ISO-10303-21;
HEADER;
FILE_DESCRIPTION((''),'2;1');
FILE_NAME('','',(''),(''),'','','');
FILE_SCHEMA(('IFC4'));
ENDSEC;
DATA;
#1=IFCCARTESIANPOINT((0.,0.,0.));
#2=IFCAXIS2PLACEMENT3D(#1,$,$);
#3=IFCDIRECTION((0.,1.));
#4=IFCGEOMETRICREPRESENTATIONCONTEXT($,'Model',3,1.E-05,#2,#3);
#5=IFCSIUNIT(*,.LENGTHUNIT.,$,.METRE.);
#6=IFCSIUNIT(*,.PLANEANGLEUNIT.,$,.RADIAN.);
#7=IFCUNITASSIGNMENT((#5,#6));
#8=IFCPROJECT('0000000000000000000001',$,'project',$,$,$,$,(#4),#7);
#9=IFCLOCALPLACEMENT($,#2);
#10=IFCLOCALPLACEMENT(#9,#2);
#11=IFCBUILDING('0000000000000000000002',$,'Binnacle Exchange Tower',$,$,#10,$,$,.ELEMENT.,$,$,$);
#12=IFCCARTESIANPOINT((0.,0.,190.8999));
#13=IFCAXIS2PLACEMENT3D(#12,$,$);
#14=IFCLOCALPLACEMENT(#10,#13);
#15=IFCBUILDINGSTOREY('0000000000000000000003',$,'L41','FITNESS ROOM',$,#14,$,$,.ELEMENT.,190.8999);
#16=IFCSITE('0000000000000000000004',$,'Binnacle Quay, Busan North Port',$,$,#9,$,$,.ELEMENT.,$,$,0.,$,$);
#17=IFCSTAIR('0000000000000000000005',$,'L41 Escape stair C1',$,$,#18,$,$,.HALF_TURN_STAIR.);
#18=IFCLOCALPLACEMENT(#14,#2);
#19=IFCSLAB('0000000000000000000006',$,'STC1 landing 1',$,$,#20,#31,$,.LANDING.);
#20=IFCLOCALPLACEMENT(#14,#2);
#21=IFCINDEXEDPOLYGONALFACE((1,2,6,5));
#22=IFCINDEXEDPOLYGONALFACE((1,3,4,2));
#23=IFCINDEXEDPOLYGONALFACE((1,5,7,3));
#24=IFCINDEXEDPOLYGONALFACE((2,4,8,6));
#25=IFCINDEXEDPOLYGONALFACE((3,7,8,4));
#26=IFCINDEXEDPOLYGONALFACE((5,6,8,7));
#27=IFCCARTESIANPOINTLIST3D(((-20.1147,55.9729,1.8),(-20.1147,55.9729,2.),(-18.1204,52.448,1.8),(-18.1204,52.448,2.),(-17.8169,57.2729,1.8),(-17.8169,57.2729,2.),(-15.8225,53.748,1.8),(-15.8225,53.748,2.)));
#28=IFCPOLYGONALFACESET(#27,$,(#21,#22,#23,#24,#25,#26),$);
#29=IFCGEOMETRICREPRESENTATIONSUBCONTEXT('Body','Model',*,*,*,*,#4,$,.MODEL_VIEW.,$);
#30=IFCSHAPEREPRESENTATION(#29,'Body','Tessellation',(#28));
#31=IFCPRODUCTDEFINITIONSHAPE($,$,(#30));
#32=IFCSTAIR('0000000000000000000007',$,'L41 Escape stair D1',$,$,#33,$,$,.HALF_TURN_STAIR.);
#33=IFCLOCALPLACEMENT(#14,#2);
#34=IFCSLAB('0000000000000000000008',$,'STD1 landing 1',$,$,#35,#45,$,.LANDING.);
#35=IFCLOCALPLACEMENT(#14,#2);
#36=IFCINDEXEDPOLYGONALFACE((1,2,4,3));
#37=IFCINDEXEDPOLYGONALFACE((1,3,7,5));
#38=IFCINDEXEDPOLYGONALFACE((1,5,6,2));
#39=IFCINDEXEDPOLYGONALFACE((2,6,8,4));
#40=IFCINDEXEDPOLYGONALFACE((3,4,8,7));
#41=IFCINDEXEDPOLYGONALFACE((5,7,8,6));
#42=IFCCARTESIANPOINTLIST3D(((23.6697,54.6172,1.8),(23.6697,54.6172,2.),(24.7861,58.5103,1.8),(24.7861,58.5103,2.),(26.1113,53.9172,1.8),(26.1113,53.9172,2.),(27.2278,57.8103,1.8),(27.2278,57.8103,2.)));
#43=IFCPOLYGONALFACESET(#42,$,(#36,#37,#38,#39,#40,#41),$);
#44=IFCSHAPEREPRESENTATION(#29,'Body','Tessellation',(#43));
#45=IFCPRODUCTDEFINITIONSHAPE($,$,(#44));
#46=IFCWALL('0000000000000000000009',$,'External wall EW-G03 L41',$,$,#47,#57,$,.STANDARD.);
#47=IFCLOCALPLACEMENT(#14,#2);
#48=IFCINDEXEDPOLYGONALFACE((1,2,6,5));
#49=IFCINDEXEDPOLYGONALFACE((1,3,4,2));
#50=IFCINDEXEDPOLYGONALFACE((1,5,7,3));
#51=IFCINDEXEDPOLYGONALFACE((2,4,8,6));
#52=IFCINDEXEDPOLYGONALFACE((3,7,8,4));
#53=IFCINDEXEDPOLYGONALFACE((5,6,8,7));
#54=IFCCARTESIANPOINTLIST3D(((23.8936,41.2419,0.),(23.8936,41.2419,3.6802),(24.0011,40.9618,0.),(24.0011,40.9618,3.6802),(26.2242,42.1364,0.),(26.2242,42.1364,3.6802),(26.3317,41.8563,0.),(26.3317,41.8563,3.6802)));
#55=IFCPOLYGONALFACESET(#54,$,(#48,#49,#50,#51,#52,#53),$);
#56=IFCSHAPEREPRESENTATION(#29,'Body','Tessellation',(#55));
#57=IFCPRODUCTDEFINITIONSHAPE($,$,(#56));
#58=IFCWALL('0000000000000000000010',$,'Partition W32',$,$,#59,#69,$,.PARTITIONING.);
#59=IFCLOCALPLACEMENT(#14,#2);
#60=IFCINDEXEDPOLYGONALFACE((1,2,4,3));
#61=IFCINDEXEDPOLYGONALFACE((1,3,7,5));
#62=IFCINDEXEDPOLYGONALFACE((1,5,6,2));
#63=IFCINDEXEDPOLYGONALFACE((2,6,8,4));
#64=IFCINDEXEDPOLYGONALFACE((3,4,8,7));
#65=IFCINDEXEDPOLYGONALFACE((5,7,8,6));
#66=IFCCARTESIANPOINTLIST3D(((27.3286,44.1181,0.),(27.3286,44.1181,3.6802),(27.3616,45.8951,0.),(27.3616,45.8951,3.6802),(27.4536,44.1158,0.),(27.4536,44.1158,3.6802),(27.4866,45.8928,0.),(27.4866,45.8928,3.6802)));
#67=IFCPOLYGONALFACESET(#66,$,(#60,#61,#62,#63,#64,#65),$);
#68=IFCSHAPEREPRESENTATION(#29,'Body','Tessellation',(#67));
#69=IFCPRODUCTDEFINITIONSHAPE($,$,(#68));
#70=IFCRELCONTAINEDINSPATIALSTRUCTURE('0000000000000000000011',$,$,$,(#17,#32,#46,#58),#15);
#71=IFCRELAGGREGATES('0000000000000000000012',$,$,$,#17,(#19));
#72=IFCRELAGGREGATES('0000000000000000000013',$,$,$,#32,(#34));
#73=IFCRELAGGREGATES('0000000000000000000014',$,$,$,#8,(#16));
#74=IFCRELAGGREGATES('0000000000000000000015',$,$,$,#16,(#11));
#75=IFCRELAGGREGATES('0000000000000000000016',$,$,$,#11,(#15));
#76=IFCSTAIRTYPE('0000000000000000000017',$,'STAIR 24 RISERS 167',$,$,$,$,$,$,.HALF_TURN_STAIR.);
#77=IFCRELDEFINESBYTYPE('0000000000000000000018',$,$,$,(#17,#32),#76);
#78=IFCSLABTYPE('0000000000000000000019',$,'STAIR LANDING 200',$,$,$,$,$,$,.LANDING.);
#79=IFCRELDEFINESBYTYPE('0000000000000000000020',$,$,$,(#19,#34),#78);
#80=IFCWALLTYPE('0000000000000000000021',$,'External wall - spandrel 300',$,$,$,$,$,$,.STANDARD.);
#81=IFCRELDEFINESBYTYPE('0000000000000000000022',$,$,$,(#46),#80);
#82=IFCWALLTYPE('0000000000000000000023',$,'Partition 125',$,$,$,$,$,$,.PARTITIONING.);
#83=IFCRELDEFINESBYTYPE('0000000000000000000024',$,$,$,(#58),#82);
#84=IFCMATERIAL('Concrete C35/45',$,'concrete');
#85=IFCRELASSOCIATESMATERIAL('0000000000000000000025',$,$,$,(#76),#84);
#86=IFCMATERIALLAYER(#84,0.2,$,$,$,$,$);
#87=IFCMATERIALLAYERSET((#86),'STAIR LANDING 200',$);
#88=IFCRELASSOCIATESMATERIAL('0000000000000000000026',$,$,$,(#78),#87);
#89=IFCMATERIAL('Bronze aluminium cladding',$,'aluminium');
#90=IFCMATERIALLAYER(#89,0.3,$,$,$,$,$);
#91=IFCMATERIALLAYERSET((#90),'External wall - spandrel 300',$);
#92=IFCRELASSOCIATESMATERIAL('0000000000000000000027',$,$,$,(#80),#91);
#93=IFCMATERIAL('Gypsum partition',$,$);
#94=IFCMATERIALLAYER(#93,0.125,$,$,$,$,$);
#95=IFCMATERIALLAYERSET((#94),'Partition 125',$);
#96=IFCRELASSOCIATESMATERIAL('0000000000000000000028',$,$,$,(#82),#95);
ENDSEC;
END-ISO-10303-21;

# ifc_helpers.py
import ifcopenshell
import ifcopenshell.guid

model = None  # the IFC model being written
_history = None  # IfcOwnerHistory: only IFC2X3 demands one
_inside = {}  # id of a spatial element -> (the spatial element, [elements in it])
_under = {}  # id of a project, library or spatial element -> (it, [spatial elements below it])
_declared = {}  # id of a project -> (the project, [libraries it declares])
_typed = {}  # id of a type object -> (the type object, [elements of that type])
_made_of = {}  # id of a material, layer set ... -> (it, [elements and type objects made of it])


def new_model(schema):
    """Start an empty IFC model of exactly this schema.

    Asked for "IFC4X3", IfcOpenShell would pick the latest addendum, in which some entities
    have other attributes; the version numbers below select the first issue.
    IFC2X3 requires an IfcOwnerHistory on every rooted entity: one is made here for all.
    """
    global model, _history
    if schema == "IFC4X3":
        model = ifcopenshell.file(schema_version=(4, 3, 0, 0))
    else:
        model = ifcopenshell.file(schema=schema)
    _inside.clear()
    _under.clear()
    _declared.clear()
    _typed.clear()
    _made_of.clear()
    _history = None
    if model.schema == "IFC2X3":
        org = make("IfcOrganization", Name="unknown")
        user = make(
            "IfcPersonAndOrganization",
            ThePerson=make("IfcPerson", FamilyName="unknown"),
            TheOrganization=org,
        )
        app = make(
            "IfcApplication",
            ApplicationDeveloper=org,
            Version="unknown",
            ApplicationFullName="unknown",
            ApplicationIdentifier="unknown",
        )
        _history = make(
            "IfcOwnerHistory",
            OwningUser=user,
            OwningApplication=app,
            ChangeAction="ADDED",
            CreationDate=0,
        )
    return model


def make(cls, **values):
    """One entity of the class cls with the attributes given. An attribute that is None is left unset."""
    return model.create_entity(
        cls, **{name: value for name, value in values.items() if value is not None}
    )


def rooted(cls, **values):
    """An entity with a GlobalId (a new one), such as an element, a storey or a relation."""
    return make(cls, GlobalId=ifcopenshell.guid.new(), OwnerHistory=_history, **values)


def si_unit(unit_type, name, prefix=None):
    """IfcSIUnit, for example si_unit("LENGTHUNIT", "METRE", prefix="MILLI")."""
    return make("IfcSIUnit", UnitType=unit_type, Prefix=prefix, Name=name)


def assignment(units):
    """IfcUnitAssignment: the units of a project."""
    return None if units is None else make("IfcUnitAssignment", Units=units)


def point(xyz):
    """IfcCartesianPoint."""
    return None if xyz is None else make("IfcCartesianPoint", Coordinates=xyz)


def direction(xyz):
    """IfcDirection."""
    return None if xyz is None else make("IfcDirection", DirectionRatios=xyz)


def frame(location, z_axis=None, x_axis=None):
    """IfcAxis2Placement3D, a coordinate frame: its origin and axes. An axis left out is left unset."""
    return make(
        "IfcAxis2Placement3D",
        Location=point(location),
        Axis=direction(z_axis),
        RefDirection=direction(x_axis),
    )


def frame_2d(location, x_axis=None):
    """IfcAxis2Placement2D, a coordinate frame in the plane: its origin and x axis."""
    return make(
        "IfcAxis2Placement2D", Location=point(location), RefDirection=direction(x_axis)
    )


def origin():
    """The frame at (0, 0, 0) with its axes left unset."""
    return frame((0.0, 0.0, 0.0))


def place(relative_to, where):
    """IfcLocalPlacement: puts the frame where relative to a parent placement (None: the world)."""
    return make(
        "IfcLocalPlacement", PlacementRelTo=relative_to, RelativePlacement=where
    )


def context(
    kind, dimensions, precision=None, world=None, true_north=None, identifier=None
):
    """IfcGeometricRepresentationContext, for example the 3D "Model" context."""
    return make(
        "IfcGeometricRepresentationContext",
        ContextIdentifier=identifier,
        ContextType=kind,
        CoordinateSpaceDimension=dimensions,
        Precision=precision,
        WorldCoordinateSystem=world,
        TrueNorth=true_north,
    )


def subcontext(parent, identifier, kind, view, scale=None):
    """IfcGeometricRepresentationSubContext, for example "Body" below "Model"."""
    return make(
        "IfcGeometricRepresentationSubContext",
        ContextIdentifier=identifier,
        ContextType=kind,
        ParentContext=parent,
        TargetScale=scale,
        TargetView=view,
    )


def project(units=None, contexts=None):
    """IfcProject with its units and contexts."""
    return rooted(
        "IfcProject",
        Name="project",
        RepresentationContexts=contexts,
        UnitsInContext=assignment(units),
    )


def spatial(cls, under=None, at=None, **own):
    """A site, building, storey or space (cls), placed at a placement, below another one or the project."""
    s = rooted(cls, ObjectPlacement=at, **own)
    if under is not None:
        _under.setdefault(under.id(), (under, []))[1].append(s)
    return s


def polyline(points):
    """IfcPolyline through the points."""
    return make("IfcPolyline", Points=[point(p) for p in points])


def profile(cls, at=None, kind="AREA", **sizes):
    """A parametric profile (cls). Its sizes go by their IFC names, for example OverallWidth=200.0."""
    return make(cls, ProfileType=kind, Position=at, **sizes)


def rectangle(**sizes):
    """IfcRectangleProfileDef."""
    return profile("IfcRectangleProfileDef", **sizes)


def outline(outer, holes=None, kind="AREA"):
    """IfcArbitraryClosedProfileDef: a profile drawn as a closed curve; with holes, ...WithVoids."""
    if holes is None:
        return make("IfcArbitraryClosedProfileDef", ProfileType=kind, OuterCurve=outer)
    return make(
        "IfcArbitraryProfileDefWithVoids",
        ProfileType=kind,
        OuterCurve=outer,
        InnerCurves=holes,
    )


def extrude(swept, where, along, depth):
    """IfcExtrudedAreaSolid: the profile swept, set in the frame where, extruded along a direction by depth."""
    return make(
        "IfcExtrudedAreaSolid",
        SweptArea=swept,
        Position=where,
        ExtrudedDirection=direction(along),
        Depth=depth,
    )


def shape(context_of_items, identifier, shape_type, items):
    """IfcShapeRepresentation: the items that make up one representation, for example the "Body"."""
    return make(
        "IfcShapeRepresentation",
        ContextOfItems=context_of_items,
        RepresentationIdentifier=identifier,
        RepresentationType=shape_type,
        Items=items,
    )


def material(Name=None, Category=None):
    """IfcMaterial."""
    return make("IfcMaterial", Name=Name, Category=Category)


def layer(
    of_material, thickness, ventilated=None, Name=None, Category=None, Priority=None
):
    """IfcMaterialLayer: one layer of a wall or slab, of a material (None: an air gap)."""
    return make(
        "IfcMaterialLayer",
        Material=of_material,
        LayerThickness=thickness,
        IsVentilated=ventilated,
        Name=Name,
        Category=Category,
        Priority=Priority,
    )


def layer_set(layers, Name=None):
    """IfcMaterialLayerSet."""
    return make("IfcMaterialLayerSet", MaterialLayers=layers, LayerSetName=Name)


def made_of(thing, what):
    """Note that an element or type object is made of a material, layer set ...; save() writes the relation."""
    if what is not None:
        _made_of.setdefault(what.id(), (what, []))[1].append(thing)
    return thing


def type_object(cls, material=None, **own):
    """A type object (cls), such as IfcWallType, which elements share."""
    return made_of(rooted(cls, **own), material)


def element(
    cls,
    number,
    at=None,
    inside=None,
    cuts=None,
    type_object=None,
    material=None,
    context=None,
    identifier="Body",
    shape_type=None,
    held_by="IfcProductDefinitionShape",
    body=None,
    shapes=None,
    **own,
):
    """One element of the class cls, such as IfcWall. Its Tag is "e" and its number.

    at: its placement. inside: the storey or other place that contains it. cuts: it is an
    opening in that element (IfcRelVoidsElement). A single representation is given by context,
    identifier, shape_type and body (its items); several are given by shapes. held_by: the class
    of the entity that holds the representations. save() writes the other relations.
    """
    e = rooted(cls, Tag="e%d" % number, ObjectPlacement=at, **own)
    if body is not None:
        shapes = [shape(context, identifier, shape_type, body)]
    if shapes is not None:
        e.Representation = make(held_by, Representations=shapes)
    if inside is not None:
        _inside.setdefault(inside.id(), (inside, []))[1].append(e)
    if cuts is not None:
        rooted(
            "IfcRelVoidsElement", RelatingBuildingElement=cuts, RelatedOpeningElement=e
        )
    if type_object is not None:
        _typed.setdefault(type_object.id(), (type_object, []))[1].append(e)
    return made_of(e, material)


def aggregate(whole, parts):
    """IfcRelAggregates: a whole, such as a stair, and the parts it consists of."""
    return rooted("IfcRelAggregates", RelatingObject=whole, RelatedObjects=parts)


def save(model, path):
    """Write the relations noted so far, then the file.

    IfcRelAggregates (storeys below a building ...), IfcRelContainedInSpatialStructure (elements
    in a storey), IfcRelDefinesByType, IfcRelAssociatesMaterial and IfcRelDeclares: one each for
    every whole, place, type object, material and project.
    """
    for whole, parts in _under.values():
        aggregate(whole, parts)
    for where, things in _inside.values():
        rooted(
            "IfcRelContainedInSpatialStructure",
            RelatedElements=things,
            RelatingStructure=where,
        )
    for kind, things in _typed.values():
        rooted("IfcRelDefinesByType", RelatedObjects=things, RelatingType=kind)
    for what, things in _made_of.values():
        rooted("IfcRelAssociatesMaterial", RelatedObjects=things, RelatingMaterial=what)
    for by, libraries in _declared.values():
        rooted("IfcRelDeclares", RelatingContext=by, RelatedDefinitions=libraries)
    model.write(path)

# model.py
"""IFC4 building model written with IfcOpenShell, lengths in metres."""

from ifc_helpers import new_model, si_unit, direction, frame, frame_2d, origin, place, context, subcontext, project, spatial, polyline, rectangle, outline, extrude, material, layer, layer_set, type_object, element, aggregate, save


model = new_model("IFC4")

# Units and contexts
model_context = context("Model", 3, precision=1e-05, world=origin(), true_north=direction((0.0, 1.0)))
body_context = subcontext(model_context, "Body", "Model", "MODEL_VIEW")
ifc_project = project(units=[si_unit("LENGTHUNIT", "METRE"), si_unit("PLANEANGLEUNIT", "RADIAN")], contexts=[model_context])

# Site, building, storey
site_placement = place(None, origin())
site = spatial("IfcSite", under=ifc_project, at=site_placement, Name="Binnacle Quay, Busan North Port", CompositionType="ELEMENT", RefElevation=0.0)
building_placement = place(site_placement, origin())
building = spatial("IfcBuilding", under=site, at=building_placement, Name="Binnacle Exchange Tower", CompositionType="ELEMENT")
storey_placement = place(building_placement, frame((0.0, 0.0, 190.8999)))
storey = spatial("IfcBuildingStorey", under=building, at=storey_placement, Name="L41", Description="FITNESS ROOM", CompositionType="ELEMENT", Elevation=190.8999)

# Shared definitions
ifc_material_1 = material(Name="Concrete C35/45", Category="concrete")

# Stairs, slabs
stair_type = type_object("IfcStairType", Name="STAIR 24 RISERS 167", PredefinedType="HALF_TURN_STAIR", material=ifc_material_1)
ifc_layer_1 = layer(ifc_material_1, 0.2)
ifc_layer_set_1 = layer_set([ifc_layer_1], Name="STAIR LANDING 200")
slab_type_1 = type_object("IfcSlabType", Name="STAIR LANDING 200", PredefinedType="LANDING", material=ifc_layer_set_1)
stair_1_placement = place(storey_placement, origin())
stair_1 = element("IfcStair", 1, at=stair_1_placement, inside=storey, type_object=stair_type, Name="L41 Escape stair C1", PredefinedType="HALF_TURN_STAIR")
slab_1_placement = place(storey_placement, frame((0.0, 0.0, 1.8)))
slab_1 = element("IfcSlab", 2, at=slab_1_placement, type_object=slab_type_1, Name="STC1 landing 1", PredefinedType="LANDING", context=body_context, shape_type="SweptSolid", body=[
    extrude(outline(polyline([(-18.1204, 52.448), (-15.8225, 53.748), (-17.8169, 57.2729), (-20.1147, 55.9729), (-18.1204, 52.448)])), origin(), (0.0, 0.0, 1.0), 0.2),
])
aggregate(stair_1, [slab_1])
stair_2_placement = place(storey_placement, origin())
stair_2 = element("IfcStair", 3, at=stair_2_placement, inside=storey, type_object=stair_type, Name="L41 Escape stair D1", PredefinedType="HALF_TURN_STAIR")
slab_2_placement = place(storey_placement, frame((0.0, 0.0, 1.8)))
slab_2 = element("IfcSlab", 4, at=slab_2_placement, type_object=slab_type_1, Name="STD1 landing 1", PredefinedType="LANDING", context=body_context, shape_type="SweptSolid", body=[
    extrude(outline(polyline([(23.6697, 54.6172), (26.1113, 53.9172), (27.2278, 57.8103), (24.7861, 58.5103), (23.6697, 54.6172)])), origin(), (0.0, 0.0, 1.0), 0.2),
])
aggregate(stair_2, [slab_2])

# Shared definitions
ifc_material_2 = material(Name="Bronze aluminium cladding", Category="aluminium")
ifc_layer_2 = layer(ifc_material_2, 0.3)
ifc_layer_set_2 = layer_set([ifc_layer_2], Name="External wall - spandrel 300")
wall_type_1 = type_object("IfcWallType", Name="External wall - spandrel 300", PredefinedType="STANDARD", material=ifc_layer_set_2)

# Walls
wall_1_placement = place(storey_placement, frame((26.2778, 41.9963, 0.0), z_axis=(0.0, 0.0, 1.0), x_axis=(-0.933592, -0.358337, 0.0)))
element("IfcWall", 5, at=wall_1_placement, inside=storey, type_object=wall_type_1, Name="External wall EW-G03 L41", PredefinedType="STANDARD", context=body_context, shape_type="SweptSolid", body=[
    extrude(rectangle(XDim=2.4963, YDim=0.3, at=frame_2d((1.248, 0.0))), origin(), (0.0, 0.0, 1.0), 3.6802),
])
ifc_material_3 = material(Name="Gypsum partition")
ifc_layer_3 = layer(ifc_material_3, 0.125)
ifc_layer_set_3 = layer_set([ifc_layer_3], Name="Partition 125")
wall_type_2 = type_object("IfcWallType", Name="Partition 125", PredefinedType="PARTITIONING", material=ifc_layer_set_3)
wall_2_placement = place(storey_placement, frame((27.3911, 44.1169, 0.0), z_axis=(0.0, 0.0, 1.0), x_axis=(0.018543, 0.999828, 0.0)))
element("IfcWall", 6, at=wall_2_placement, inside=storey, type_object=wall_type_2, Name="Partition W32", PredefinedType="PARTITIONING", context=body_context, shape_type="SweptSolid", body=[
    extrude(rectangle(XDim=1.7773, YDim=0.125, at=frame_2d((0.8887, 0.0))), origin(), (0.0, 0.0, 1.0), 3.6802),
])

save(model, "model.ifc")
